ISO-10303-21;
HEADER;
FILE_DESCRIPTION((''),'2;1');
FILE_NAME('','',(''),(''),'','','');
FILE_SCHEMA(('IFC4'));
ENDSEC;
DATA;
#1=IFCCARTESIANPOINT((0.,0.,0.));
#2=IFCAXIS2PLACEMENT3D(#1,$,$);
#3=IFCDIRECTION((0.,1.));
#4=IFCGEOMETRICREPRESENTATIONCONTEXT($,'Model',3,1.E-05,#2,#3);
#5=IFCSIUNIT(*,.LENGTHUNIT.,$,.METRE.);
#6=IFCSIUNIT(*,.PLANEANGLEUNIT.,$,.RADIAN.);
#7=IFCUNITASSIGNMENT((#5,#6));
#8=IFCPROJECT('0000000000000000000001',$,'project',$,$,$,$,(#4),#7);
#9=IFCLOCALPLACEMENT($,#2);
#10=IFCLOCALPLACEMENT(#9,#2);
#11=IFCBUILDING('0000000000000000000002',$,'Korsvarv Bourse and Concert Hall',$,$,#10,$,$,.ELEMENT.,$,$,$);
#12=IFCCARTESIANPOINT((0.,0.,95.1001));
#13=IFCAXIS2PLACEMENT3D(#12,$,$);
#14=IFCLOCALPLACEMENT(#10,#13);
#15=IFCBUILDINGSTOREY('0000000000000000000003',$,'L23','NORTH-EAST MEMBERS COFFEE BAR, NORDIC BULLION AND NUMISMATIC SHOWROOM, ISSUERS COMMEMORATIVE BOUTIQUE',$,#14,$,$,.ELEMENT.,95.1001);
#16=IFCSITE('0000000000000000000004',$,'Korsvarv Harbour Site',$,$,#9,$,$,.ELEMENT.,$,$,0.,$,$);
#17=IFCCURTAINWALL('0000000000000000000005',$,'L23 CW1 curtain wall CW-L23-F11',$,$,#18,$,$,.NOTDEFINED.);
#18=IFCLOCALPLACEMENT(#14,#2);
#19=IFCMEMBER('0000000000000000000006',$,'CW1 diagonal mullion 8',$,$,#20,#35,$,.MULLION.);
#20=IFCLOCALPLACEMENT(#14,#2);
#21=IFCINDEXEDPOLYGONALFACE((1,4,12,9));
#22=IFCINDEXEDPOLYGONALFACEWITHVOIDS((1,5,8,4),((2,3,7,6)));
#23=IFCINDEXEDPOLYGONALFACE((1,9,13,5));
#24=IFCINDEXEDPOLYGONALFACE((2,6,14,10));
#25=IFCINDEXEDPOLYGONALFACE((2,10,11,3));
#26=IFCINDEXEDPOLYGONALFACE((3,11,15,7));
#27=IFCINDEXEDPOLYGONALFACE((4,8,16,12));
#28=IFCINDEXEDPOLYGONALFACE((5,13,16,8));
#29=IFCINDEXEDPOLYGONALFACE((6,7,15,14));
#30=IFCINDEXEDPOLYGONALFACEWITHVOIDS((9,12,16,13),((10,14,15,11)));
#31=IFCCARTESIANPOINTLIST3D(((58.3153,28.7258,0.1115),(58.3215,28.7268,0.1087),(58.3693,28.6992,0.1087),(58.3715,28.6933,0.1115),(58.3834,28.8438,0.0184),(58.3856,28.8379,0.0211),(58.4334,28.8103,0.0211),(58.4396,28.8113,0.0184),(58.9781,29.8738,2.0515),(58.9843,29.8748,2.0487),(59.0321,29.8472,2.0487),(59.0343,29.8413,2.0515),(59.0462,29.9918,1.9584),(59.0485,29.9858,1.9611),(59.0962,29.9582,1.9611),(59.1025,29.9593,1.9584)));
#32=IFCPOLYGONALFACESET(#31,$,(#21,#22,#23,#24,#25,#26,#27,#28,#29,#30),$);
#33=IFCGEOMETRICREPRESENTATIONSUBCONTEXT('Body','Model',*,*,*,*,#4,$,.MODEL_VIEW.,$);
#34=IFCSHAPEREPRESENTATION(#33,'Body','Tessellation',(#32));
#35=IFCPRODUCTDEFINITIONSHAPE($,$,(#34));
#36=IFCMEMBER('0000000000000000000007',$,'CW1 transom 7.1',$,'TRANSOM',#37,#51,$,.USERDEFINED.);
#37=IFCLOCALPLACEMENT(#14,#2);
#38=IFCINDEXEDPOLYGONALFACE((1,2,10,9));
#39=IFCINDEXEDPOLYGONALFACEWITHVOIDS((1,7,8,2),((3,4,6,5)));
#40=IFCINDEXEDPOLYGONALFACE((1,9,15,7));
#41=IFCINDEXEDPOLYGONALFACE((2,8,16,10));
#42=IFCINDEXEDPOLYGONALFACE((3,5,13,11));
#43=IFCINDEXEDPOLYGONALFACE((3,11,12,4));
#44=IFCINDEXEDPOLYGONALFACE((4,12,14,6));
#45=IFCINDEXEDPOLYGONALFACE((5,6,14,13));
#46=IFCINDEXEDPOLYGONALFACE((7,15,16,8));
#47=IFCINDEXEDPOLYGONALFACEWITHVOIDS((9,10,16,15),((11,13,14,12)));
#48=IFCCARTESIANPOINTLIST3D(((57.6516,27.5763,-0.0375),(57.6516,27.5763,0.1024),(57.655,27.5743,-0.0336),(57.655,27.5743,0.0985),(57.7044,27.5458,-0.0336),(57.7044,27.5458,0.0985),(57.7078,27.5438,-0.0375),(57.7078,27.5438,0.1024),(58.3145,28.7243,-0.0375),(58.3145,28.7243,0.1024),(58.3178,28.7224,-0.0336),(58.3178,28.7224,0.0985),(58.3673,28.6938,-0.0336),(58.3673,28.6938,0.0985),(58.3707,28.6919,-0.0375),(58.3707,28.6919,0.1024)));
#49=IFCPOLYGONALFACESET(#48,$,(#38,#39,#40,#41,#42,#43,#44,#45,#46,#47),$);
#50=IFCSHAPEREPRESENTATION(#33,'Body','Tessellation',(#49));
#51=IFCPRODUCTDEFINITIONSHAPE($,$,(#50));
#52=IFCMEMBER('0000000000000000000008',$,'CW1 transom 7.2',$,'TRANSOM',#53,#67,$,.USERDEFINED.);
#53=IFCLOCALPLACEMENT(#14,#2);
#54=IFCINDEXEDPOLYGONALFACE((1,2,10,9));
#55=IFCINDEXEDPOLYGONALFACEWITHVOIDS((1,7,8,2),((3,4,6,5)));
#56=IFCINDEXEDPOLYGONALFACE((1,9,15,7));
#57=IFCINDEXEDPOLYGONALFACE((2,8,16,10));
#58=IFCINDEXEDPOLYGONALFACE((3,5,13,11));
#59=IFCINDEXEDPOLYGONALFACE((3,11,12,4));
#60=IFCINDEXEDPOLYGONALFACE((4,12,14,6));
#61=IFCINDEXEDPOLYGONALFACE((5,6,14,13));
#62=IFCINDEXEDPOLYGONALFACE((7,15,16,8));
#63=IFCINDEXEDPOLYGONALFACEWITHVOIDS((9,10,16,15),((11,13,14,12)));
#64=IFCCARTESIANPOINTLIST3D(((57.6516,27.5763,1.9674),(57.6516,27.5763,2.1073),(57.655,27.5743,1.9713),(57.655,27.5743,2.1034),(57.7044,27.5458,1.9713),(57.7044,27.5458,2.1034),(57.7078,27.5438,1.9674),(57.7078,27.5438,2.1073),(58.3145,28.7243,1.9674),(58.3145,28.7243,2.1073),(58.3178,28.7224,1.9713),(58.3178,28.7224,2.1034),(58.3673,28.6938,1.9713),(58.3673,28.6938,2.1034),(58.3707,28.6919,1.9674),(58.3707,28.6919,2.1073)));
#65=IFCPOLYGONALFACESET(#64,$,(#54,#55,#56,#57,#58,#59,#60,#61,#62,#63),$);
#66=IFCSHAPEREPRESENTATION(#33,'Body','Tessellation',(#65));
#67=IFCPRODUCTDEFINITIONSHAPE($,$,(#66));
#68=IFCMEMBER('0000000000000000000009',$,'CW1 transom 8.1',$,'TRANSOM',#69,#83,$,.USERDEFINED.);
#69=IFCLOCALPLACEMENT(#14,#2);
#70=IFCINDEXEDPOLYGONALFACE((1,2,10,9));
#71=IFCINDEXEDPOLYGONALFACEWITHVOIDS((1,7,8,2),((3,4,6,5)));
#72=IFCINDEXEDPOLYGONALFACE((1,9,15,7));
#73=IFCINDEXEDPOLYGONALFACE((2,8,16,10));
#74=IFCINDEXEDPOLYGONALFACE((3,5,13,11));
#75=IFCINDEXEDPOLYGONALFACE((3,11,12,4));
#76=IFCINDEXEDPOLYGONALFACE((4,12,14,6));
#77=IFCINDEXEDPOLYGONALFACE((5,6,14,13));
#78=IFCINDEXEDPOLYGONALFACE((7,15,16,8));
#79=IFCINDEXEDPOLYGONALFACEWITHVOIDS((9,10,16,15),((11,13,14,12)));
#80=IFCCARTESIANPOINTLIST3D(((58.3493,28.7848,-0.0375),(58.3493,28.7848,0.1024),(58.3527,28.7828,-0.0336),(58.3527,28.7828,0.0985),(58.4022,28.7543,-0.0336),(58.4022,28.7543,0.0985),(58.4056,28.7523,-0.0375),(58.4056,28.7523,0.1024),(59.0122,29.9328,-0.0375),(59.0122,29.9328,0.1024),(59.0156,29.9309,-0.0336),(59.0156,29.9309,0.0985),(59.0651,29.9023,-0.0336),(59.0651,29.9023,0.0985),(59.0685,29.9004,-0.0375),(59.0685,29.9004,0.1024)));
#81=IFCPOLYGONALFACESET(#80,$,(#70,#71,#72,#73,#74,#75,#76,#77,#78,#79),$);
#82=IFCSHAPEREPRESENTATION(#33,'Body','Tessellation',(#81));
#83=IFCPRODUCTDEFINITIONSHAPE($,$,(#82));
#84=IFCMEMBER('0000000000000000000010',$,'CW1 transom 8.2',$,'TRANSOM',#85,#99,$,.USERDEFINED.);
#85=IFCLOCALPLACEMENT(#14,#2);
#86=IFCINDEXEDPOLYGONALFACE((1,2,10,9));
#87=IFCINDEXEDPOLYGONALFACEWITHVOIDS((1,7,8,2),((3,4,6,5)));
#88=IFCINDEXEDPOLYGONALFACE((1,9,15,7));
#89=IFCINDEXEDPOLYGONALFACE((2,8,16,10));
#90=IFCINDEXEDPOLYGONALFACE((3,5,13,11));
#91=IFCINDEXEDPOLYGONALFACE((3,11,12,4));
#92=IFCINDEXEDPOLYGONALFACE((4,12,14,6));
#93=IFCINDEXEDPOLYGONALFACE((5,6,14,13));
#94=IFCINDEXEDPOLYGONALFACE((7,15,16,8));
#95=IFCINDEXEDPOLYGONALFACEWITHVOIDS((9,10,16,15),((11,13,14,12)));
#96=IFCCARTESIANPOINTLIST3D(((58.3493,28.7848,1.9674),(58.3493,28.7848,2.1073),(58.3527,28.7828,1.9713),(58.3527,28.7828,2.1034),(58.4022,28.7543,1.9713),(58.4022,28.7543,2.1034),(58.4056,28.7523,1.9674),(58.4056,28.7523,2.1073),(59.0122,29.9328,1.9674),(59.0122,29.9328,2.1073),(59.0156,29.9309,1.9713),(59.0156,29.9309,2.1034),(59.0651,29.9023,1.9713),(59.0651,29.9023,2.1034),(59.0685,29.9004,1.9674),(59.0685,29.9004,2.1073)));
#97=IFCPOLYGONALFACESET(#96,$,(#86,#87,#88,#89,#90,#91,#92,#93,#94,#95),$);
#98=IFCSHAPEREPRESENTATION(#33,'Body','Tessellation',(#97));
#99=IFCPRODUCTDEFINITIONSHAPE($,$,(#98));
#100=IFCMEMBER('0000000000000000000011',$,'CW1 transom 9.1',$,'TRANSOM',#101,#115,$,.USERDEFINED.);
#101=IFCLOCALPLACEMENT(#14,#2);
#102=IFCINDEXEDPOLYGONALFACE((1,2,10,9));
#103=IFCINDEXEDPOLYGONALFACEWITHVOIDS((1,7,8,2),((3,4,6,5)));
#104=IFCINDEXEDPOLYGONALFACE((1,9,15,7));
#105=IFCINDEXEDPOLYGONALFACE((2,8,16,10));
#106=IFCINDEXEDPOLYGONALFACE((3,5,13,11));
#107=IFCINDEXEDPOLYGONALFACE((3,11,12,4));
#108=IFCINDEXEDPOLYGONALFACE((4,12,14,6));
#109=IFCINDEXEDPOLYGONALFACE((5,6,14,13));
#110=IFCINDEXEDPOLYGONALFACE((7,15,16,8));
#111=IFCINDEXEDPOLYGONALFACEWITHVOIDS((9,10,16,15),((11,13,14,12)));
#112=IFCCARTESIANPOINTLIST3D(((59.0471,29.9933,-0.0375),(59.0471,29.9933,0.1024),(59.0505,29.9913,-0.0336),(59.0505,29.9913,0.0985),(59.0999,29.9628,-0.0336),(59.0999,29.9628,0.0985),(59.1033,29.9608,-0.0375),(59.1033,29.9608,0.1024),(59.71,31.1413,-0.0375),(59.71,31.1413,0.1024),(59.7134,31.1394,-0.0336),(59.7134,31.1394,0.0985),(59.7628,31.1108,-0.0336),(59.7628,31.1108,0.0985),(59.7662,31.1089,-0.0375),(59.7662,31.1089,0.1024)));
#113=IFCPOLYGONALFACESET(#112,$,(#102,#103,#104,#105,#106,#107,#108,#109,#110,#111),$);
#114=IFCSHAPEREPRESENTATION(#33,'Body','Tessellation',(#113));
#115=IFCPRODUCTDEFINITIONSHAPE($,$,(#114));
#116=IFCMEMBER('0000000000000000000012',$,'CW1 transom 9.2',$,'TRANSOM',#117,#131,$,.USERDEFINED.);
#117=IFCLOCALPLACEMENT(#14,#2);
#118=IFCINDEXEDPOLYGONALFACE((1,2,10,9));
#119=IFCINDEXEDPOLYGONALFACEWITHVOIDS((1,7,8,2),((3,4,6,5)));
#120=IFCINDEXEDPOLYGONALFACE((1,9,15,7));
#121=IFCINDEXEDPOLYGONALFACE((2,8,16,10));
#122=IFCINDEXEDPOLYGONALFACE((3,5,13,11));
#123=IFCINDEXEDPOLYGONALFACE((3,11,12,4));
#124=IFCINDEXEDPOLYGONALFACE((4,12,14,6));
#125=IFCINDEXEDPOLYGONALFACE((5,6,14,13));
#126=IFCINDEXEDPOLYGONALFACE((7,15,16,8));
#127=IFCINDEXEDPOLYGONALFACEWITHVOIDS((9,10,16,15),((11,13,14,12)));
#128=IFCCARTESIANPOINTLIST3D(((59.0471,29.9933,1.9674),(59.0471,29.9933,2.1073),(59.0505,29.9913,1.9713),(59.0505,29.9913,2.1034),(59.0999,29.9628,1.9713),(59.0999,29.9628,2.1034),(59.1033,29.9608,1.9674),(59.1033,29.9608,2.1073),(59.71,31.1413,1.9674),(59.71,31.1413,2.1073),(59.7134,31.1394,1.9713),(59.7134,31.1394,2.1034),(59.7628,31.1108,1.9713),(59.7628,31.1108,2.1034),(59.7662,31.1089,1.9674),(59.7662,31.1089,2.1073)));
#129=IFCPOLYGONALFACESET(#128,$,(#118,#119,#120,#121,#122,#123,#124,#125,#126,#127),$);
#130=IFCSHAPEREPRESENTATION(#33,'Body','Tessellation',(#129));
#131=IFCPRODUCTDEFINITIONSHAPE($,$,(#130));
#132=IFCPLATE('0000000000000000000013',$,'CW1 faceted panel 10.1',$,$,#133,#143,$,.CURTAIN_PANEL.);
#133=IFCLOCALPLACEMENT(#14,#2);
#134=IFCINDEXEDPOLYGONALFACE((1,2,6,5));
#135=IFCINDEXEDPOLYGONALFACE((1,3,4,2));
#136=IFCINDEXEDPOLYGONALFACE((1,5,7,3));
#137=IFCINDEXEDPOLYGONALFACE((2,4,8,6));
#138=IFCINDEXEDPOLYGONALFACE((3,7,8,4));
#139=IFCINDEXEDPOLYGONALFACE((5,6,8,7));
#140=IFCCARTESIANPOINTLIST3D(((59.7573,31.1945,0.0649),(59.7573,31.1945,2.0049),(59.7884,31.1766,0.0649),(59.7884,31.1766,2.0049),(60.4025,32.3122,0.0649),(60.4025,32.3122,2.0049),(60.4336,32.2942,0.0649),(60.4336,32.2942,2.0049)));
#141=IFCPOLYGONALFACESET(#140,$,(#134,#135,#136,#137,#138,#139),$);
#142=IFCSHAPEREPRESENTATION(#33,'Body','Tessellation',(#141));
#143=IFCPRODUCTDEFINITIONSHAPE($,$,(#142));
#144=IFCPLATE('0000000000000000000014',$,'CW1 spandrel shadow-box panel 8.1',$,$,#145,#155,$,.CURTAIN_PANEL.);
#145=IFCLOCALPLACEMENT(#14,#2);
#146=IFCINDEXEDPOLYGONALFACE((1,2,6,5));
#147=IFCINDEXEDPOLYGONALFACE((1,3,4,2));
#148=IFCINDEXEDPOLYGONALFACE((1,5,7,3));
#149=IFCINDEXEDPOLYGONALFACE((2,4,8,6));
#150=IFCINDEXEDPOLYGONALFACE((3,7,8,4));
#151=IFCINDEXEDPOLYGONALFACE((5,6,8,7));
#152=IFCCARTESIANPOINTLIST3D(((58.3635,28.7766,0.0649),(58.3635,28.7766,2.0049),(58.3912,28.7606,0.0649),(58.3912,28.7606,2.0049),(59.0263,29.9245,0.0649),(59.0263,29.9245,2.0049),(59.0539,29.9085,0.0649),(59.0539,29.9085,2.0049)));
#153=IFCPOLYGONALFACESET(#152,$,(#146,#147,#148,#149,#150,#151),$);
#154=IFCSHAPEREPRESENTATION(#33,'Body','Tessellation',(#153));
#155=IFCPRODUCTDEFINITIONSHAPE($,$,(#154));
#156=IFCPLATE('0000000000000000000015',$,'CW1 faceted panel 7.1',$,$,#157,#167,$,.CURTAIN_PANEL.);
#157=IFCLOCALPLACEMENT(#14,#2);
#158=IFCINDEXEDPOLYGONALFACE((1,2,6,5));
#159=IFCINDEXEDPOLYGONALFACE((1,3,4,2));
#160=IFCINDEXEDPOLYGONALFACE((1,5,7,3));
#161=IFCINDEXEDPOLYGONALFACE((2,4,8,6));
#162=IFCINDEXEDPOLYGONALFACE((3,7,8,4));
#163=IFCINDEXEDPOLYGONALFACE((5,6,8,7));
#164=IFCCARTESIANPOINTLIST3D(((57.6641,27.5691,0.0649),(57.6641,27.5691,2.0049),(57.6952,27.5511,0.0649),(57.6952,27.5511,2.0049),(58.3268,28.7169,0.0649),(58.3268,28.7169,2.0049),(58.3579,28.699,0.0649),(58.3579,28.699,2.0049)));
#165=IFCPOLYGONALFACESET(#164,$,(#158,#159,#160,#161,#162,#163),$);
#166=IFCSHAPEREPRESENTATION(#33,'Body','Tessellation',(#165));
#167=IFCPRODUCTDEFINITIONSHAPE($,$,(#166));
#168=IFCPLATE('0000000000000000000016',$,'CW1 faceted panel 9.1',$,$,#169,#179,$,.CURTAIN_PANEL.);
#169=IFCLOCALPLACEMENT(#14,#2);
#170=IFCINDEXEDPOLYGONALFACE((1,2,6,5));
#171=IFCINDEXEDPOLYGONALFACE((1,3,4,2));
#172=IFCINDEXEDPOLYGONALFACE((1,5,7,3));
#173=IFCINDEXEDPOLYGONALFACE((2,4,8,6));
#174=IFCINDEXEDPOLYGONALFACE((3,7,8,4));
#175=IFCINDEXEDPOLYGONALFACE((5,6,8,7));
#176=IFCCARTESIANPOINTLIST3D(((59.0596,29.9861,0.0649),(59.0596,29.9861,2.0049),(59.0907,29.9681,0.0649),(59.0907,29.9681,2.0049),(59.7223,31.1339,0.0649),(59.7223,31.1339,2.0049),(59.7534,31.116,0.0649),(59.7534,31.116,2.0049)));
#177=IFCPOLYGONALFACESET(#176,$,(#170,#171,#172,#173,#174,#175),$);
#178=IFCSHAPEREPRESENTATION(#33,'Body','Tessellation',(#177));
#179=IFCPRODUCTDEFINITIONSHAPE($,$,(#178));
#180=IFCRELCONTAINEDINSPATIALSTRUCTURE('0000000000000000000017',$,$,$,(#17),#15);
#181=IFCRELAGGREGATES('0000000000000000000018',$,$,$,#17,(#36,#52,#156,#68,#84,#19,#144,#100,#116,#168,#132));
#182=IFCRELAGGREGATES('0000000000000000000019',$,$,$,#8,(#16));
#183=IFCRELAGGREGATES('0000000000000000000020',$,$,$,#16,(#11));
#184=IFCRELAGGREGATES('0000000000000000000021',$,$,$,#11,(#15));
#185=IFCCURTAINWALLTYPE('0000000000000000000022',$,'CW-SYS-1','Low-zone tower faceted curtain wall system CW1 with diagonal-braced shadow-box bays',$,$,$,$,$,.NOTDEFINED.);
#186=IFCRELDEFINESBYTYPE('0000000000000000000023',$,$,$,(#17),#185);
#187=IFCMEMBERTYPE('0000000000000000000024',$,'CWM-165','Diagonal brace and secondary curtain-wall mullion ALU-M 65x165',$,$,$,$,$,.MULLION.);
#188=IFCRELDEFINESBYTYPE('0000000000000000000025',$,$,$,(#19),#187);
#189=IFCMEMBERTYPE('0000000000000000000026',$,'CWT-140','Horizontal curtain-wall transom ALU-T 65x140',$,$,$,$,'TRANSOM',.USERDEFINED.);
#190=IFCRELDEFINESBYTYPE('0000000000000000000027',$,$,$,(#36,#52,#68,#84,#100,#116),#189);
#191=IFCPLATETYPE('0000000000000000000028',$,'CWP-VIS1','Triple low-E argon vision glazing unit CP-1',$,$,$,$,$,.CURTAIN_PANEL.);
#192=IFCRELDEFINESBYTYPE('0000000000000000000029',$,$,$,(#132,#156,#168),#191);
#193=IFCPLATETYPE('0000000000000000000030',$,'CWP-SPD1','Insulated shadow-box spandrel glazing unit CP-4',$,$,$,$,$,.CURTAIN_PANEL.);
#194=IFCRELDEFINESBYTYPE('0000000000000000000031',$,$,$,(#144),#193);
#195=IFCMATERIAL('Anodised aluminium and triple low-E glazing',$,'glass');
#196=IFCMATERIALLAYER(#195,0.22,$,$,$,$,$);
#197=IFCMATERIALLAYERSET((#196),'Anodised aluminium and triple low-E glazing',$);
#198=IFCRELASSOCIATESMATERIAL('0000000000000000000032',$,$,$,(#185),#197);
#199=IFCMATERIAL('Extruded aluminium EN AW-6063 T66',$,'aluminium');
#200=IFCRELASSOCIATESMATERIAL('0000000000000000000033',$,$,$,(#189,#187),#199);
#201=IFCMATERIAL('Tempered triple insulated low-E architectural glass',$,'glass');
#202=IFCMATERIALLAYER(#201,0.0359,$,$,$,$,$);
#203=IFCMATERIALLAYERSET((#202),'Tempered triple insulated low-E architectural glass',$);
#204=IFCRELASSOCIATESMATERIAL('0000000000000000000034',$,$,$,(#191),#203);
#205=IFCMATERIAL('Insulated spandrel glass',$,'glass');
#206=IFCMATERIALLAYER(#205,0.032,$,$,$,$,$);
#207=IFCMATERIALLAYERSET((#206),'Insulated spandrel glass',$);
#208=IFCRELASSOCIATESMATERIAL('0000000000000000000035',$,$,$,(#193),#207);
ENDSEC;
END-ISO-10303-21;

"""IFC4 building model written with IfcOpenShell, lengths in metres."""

from ifc_helpers import new_model, si_unit, direction, frame, origin, origin_2d, place, context, subcontext, project, spatial, rectangle, hollow_rectangle, extrude, source, transform, mapped, material, layer, layer_set, material_profile, profile_set, type_object, element, aggregate, save


model = new_model("IFC4")

# Units and contexts
model_context = context("Model", 3, precision=1e-05, world=origin(), true_north=direction((0.0, 1.0)))
body_context = subcontext(model_context, "Body", "Model", "MODEL_VIEW")
ifc_project = project(units=[si_unit("LENGTHUNIT", "METRE"), si_unit("PLANEANGLEUNIT", "RADIAN")], contexts=[model_context])

# Site, building, storey
site_placement = place(None, origin())
site = spatial("IfcSite", under=ifc_project, at=site_placement, Name="Korsvarv Harbour Site", CompositionType="ELEMENT", RefElevation=0.0)
building_placement = place(site_placement, origin())
building = spatial("IfcBuilding", under=site, at=building_placement, Name="Korsvarv Bourse and Concert Hall", CompositionType="ELEMENT")
storey_placement = place(building_placement, frame((0.0, 0.0, 95.1001)))
storey = spatial("IfcBuildingStorey", under=building, at=storey_placement, Name="L23", Description="NORTH-EAST MEMBERS COFFEE BAR, NORDIC BULLION AND NUMISMATIC SHOWROOM, ISSUERS COMMEMORATIVE BOUTIQUE", CompositionType="ELEMENT", Elevation=95.1001)

# Curtain wall, members, plates
ifc_material_1 = material(Name="Anodised aluminium and triple low-E glazing", Category="glass")
ifc_layer_1 = layer(ifc_material_1, 0.22)
ifc_layer_set_1 = layer_set([ifc_layer_1], Name="Anodised aluminium and triple low-E glazing")
curtain_wall_type = type_object("IfcCurtainWallType", Name="CW-SYS-1", Description="Low-zone tower faceted curtain wall system CW1 with diagonal-braced shadow-box bays", PredefinedType="NOTDEFINED", material=ifc_layer_set_1)
curtain_wall_placement = place(storey_placement, origin())
curtain_wall = element("IfcCurtainWall", 1, at=curtain_wall_placement, inside=storey, type_object=curtain_wall_type, Name="L23 CW1 curtain wall CW-L23-F11", PredefinedType="NOTDEFINED")
ifc_material_2 = material(Name="Extruded aluminium EN AW-6063 T66", Category="aluminium")
ifc_material_profile_1 = material_profile(ifc_material_2, hollow_rectangle(XDim=0.0649, YDim=0.1399, WallThickness=0.0039, at=origin_2d()), Name="ALU-T 65x140")
ifc_profile_set_1 = profile_set([ifc_material_profile_1], Name="Extruded aluminium EN AW-6063 T66")
member_type_1 = type_object("IfcMemberType", Name="CWT-140", Description="Horizontal curtain-wall transom ALU-T 65x140", ElementType="TRANSOM", PredefinedType="USERDEFINED", material=ifc_profile_set_1)
ifc_material_profile_2 = material_profile(ifc_material_2, hollow_rectangle(XDim=0.0649, YDim=0.165, WallThickness=0.0049, at=origin_2d()), Name="ALU-M 65x165")
ifc_profile_set_2 = profile_set([ifc_material_profile_2], Name="Extruded aluminium EN AW-6063 T66")
member_type_2 = type_object("IfcMemberType", Name="CWM-165", Description="Diagonal brace and secondary curtain-wall mullion ALU-M 65x165", PredefinedType="MULLION", material=ifc_profile_set_2)
shared_shape_1 = source(origin(), body_context, "Body", "SweptSolid", [
    extrude(hollow_rectangle(XDim=0.0649, YDim=0.165, WallThickness=0.0049, at=origin_2d()), origin(), (0.0, 0.0, 1.0), 2.3496),
])
member_1_placement = place(storey_placement, frame((58.3774, 28.7686, 0.0649), z_axis=(0.282111, 0.488577, 0.825655), x_axis=(-0.866002, 0.500041, 0.0)))
member_1 = element("IfcMember", 2, at=member_1_placement, type_object=member_type_2, Name="CW1 diagonal mullion 8", PredefinedType="MULLION", context=body_context, shape_type="MappedRepresentation", body=[
    mapped(shared_shape_1, transform((0.0, 0.0, 0.0), scale=1.0)),
])
shared_shape_2 = source(origin(), body_context, "Body", "SweptSolid", [
    extrude(hollow_rectangle(XDim=0.0649, YDim=0.1399, WallThickness=0.0039, at=origin_2d()), origin(), (0.0, 0.0, 1.0), 1.3257),
])
member_2_placement = place(storey_placement, frame((57.6797, 27.5601, 0.0325), z_axis=(0.500041, 0.866002, 0.0), x_axis=(-0.866002, 0.500041, 0.0)))
member_2 = element("IfcMember", 3, at=member_2_placement, type_object=member_type_1, Name="CW1 transom 7.1", ObjectType="TRANSOM", PredefinedType="USERDEFINED", context=body_context, shape_type="MappedRepresentation", body=[
    mapped(shared_shape_2, transform((0.0, 0.0, 0.0), scale=1.0)),
])
member_3_placement = place(storey_placement, frame((57.6797, 27.5601, 2.0374), z_axis=(0.500041, 0.866002, 0.0), x_axis=(-0.866002, 0.500041, 0.0)))
member_3 = element("IfcMember", 4, at=member_3_placement, type_object=member_type_1, Name="CW1 transom 7.2", ObjectType="TRANSOM", PredefinedType="USERDEFINED", context=body_context, shape_type="MappedRepresentation", body=[
    mapped(shared_shape_2, transform((0.0, 0.0, 0.0), scale=1.0)),
])
member_4_placement = place(storey_placement, frame((58.3774, 28.7686, 0.0325), z_axis=(0.500041, 0.866002, 0.0), x_axis=(-0.866002, 0.500041, 0.0)))
member_4 = element("IfcMember", 5, at=member_4_placement, type_object=member_type_1, Name="CW1 transom 8.1", ObjectType="TRANSOM", PredefinedType="USERDEFINED", context=body_context, shape_type="MappedRepresentation", body=[
    mapped(shared_shape_2, transform((0.0, 0.0, 0.0), scale=1.0)),
])
member_5_placement = place(storey_placement, frame((58.3774, 28.7686, 2.0374), z_axis=(0.500041, 0.866002, 0.0), x_axis=(-0.866002, 0.500041, 0.0)))
member_5 = element("IfcMember", 6, at=member_5_placement, type_object=member_type_1, Name="CW1 transom 8.2", ObjectType="TRANSOM", PredefinedType="USERDEFINED", context=body_context, shape_type="MappedRepresentation", body=[
    mapped(shared_shape_2, transform((0.0, 0.0, 0.0), scale=1.0)),
])
member_6_placement = place(storey_placement, frame((59.0752, 29.9771, 0.0325), z_axis=(0.500041, 0.866002, 0.0), x_axis=(-0.866002, 0.500041, 0.0)))
member_6 = element("IfcMember", 7, at=member_6_placement, type_object=member_type_1, Name="CW1 transom 9.1", ObjectType="TRANSOM", PredefinedType="USERDEFINED", context=body_context, shape_type="MappedRepresentation", body=[
    mapped(shared_shape_2, transform((0.0, 0.0, 0.0), scale=1.0)),
])
member_7_placement = place(storey_placement, frame((59.0752, 29.9771, 2.0374), z_axis=(0.500041, 0.866002, 0.0), x_axis=(-0.866002, 0.500041, 0.0)))
member_7 = element("IfcMember", 8, at=member_7_placement, type_object=member_type_1, Name="CW1 transom 9.2", ObjectType="TRANSOM", PredefinedType="USERDEFINED", context=body_context, shape_type="MappedRepresentation", body=[
    mapped(shared_shape_2, transform((0.0, 0.0, 0.0), scale=1.0)),
])
ifc_material_3 = material(Name="Tempered triple insulated low-E architectural glass", Category="glass")
ifc_layer_2 = layer(ifc_material_3, 0.0359)
ifc_layer_set_2 = layer_set([ifc_layer_2], Name="Tempered triple insulated low-E architectural glass")
plate_type_1 = type_object("IfcPlateType", Name="CWP-VIS1", Description="Triple low-E argon vision glazing unit CP-1", PredefinedType="CURTAIN_PANEL", material=ifc_layer_set_2)
shared_shape_3 = source(origin(), body_context, "Body", "SweptSolid", [
    extrude(rectangle(XDim=1.2905, YDim=0.0359, at=origin_2d()), origin(), (0.0, 0.0, 1.0), 1.9399),
])
plate_1_placement = place(storey_placement, frame((60.0955, 31.7444, 0.0649), z_axis=(0.0, 0.0, 1.0), x_axis=(0.499999, 0.866026, 0.0)))
plate_1 = element("IfcPlate", 9, at=plate_1_placement, type_object=plate_type_1, Name="CW1 faceted panel 10.1", PredefinedType="CURTAIN_PANEL", context=body_context, shape_type="MappedRepresentation", body=[
    mapped(shared_shape_3, transform((0.0, 0.0, 0.0), scale=1.0)),
])
ifc_material_4 = material(Name="Insulated spandrel glass", Category="glass")
ifc_layer_3 = layer(ifc_material_4, 0.032)
ifc_layer_set_3 = layer_set([ifc_layer_3], Name="Insulated spandrel glass")
plate_type_2 = type_object("IfcPlateType", Name="CWP-SPD1", Description="Insulated shadow-box spandrel glazing unit CP-4", PredefinedType="CURTAIN_PANEL", material=ifc_layer_set_3)
shared_shape_4 = source(origin(), body_context, "Body", "SweptSolid", [
    extrude(rectangle(XDim=1.3254, YDim=0.032, at=origin_2d()), origin(), (0.0, 0.0, 1.0), 1.9399),
])
plate_2_placement = place(storey_placement, frame((58.7087, 29.3425, 0.0649), z_axis=(0.0, 0.0, 1.0), x_axis=(0.499999, 0.866026, 0.0)))
plate_2 = element("IfcPlate", 10, at=plate_2_placement, type_object=plate_type_2, Name="CW1 spandrel shadow-box panel 8.1", PredefinedType="CURTAIN_PANEL", context=body_context, shape_type="MappedRepresentation", body=[
    mapped(shared_shape_4, transform((0.0, 0.0, 0.0), scale=1.0)),
])
shared_shape_5 = source(origin(), body_context, "Body", "SweptSolid", [
    extrude(rectangle(XDim=1.3254, YDim=0.0359, at=origin_2d()), origin(), (0.0, 0.0, 1.0), 1.9399),
])
plate_3_placement = place(storey_placement, frame((58.011, 28.134, 0.0649), z_axis=(0.0, 0.0, 1.0), x_axis=(0.499999, 0.866026, 0.0)))
plate_3 = element("IfcPlate", 11, at=plate_3_placement, type_object=plate_type_1, Name="CW1 faceted panel 7.1", PredefinedType="CURTAIN_PANEL", context=body_context, shape_type="MappedRepresentation", body=[
    mapped(shared_shape_5, transform((0.0, 0.0, 0.0), scale=1.0)),
])
plate_4_placement = place(storey_placement, frame((59.4065, 30.551, 0.0649), z_axis=(0.0, 0.0, 1.0), x_axis=(0.499999, 0.866026, 0.0)))
plate_4 = element("IfcPlate", 12, at=plate_4_placement, type_object=plate_type_1, Name="CW1 faceted panel 9.1", PredefinedType="CURTAIN_PANEL", context=body_context, shape_type="MappedRepresentation", body=[
    mapped(shared_shape_5, transform((0.0, 0.0, 0.0), scale=1.0)),
])
aggregate(curtain_wall, [member_2, member_3, plate_3, member_4, member_5, member_1, plate_2, member_6, member_7, plate_4, plate_1])

save(model, "model.ifc")
